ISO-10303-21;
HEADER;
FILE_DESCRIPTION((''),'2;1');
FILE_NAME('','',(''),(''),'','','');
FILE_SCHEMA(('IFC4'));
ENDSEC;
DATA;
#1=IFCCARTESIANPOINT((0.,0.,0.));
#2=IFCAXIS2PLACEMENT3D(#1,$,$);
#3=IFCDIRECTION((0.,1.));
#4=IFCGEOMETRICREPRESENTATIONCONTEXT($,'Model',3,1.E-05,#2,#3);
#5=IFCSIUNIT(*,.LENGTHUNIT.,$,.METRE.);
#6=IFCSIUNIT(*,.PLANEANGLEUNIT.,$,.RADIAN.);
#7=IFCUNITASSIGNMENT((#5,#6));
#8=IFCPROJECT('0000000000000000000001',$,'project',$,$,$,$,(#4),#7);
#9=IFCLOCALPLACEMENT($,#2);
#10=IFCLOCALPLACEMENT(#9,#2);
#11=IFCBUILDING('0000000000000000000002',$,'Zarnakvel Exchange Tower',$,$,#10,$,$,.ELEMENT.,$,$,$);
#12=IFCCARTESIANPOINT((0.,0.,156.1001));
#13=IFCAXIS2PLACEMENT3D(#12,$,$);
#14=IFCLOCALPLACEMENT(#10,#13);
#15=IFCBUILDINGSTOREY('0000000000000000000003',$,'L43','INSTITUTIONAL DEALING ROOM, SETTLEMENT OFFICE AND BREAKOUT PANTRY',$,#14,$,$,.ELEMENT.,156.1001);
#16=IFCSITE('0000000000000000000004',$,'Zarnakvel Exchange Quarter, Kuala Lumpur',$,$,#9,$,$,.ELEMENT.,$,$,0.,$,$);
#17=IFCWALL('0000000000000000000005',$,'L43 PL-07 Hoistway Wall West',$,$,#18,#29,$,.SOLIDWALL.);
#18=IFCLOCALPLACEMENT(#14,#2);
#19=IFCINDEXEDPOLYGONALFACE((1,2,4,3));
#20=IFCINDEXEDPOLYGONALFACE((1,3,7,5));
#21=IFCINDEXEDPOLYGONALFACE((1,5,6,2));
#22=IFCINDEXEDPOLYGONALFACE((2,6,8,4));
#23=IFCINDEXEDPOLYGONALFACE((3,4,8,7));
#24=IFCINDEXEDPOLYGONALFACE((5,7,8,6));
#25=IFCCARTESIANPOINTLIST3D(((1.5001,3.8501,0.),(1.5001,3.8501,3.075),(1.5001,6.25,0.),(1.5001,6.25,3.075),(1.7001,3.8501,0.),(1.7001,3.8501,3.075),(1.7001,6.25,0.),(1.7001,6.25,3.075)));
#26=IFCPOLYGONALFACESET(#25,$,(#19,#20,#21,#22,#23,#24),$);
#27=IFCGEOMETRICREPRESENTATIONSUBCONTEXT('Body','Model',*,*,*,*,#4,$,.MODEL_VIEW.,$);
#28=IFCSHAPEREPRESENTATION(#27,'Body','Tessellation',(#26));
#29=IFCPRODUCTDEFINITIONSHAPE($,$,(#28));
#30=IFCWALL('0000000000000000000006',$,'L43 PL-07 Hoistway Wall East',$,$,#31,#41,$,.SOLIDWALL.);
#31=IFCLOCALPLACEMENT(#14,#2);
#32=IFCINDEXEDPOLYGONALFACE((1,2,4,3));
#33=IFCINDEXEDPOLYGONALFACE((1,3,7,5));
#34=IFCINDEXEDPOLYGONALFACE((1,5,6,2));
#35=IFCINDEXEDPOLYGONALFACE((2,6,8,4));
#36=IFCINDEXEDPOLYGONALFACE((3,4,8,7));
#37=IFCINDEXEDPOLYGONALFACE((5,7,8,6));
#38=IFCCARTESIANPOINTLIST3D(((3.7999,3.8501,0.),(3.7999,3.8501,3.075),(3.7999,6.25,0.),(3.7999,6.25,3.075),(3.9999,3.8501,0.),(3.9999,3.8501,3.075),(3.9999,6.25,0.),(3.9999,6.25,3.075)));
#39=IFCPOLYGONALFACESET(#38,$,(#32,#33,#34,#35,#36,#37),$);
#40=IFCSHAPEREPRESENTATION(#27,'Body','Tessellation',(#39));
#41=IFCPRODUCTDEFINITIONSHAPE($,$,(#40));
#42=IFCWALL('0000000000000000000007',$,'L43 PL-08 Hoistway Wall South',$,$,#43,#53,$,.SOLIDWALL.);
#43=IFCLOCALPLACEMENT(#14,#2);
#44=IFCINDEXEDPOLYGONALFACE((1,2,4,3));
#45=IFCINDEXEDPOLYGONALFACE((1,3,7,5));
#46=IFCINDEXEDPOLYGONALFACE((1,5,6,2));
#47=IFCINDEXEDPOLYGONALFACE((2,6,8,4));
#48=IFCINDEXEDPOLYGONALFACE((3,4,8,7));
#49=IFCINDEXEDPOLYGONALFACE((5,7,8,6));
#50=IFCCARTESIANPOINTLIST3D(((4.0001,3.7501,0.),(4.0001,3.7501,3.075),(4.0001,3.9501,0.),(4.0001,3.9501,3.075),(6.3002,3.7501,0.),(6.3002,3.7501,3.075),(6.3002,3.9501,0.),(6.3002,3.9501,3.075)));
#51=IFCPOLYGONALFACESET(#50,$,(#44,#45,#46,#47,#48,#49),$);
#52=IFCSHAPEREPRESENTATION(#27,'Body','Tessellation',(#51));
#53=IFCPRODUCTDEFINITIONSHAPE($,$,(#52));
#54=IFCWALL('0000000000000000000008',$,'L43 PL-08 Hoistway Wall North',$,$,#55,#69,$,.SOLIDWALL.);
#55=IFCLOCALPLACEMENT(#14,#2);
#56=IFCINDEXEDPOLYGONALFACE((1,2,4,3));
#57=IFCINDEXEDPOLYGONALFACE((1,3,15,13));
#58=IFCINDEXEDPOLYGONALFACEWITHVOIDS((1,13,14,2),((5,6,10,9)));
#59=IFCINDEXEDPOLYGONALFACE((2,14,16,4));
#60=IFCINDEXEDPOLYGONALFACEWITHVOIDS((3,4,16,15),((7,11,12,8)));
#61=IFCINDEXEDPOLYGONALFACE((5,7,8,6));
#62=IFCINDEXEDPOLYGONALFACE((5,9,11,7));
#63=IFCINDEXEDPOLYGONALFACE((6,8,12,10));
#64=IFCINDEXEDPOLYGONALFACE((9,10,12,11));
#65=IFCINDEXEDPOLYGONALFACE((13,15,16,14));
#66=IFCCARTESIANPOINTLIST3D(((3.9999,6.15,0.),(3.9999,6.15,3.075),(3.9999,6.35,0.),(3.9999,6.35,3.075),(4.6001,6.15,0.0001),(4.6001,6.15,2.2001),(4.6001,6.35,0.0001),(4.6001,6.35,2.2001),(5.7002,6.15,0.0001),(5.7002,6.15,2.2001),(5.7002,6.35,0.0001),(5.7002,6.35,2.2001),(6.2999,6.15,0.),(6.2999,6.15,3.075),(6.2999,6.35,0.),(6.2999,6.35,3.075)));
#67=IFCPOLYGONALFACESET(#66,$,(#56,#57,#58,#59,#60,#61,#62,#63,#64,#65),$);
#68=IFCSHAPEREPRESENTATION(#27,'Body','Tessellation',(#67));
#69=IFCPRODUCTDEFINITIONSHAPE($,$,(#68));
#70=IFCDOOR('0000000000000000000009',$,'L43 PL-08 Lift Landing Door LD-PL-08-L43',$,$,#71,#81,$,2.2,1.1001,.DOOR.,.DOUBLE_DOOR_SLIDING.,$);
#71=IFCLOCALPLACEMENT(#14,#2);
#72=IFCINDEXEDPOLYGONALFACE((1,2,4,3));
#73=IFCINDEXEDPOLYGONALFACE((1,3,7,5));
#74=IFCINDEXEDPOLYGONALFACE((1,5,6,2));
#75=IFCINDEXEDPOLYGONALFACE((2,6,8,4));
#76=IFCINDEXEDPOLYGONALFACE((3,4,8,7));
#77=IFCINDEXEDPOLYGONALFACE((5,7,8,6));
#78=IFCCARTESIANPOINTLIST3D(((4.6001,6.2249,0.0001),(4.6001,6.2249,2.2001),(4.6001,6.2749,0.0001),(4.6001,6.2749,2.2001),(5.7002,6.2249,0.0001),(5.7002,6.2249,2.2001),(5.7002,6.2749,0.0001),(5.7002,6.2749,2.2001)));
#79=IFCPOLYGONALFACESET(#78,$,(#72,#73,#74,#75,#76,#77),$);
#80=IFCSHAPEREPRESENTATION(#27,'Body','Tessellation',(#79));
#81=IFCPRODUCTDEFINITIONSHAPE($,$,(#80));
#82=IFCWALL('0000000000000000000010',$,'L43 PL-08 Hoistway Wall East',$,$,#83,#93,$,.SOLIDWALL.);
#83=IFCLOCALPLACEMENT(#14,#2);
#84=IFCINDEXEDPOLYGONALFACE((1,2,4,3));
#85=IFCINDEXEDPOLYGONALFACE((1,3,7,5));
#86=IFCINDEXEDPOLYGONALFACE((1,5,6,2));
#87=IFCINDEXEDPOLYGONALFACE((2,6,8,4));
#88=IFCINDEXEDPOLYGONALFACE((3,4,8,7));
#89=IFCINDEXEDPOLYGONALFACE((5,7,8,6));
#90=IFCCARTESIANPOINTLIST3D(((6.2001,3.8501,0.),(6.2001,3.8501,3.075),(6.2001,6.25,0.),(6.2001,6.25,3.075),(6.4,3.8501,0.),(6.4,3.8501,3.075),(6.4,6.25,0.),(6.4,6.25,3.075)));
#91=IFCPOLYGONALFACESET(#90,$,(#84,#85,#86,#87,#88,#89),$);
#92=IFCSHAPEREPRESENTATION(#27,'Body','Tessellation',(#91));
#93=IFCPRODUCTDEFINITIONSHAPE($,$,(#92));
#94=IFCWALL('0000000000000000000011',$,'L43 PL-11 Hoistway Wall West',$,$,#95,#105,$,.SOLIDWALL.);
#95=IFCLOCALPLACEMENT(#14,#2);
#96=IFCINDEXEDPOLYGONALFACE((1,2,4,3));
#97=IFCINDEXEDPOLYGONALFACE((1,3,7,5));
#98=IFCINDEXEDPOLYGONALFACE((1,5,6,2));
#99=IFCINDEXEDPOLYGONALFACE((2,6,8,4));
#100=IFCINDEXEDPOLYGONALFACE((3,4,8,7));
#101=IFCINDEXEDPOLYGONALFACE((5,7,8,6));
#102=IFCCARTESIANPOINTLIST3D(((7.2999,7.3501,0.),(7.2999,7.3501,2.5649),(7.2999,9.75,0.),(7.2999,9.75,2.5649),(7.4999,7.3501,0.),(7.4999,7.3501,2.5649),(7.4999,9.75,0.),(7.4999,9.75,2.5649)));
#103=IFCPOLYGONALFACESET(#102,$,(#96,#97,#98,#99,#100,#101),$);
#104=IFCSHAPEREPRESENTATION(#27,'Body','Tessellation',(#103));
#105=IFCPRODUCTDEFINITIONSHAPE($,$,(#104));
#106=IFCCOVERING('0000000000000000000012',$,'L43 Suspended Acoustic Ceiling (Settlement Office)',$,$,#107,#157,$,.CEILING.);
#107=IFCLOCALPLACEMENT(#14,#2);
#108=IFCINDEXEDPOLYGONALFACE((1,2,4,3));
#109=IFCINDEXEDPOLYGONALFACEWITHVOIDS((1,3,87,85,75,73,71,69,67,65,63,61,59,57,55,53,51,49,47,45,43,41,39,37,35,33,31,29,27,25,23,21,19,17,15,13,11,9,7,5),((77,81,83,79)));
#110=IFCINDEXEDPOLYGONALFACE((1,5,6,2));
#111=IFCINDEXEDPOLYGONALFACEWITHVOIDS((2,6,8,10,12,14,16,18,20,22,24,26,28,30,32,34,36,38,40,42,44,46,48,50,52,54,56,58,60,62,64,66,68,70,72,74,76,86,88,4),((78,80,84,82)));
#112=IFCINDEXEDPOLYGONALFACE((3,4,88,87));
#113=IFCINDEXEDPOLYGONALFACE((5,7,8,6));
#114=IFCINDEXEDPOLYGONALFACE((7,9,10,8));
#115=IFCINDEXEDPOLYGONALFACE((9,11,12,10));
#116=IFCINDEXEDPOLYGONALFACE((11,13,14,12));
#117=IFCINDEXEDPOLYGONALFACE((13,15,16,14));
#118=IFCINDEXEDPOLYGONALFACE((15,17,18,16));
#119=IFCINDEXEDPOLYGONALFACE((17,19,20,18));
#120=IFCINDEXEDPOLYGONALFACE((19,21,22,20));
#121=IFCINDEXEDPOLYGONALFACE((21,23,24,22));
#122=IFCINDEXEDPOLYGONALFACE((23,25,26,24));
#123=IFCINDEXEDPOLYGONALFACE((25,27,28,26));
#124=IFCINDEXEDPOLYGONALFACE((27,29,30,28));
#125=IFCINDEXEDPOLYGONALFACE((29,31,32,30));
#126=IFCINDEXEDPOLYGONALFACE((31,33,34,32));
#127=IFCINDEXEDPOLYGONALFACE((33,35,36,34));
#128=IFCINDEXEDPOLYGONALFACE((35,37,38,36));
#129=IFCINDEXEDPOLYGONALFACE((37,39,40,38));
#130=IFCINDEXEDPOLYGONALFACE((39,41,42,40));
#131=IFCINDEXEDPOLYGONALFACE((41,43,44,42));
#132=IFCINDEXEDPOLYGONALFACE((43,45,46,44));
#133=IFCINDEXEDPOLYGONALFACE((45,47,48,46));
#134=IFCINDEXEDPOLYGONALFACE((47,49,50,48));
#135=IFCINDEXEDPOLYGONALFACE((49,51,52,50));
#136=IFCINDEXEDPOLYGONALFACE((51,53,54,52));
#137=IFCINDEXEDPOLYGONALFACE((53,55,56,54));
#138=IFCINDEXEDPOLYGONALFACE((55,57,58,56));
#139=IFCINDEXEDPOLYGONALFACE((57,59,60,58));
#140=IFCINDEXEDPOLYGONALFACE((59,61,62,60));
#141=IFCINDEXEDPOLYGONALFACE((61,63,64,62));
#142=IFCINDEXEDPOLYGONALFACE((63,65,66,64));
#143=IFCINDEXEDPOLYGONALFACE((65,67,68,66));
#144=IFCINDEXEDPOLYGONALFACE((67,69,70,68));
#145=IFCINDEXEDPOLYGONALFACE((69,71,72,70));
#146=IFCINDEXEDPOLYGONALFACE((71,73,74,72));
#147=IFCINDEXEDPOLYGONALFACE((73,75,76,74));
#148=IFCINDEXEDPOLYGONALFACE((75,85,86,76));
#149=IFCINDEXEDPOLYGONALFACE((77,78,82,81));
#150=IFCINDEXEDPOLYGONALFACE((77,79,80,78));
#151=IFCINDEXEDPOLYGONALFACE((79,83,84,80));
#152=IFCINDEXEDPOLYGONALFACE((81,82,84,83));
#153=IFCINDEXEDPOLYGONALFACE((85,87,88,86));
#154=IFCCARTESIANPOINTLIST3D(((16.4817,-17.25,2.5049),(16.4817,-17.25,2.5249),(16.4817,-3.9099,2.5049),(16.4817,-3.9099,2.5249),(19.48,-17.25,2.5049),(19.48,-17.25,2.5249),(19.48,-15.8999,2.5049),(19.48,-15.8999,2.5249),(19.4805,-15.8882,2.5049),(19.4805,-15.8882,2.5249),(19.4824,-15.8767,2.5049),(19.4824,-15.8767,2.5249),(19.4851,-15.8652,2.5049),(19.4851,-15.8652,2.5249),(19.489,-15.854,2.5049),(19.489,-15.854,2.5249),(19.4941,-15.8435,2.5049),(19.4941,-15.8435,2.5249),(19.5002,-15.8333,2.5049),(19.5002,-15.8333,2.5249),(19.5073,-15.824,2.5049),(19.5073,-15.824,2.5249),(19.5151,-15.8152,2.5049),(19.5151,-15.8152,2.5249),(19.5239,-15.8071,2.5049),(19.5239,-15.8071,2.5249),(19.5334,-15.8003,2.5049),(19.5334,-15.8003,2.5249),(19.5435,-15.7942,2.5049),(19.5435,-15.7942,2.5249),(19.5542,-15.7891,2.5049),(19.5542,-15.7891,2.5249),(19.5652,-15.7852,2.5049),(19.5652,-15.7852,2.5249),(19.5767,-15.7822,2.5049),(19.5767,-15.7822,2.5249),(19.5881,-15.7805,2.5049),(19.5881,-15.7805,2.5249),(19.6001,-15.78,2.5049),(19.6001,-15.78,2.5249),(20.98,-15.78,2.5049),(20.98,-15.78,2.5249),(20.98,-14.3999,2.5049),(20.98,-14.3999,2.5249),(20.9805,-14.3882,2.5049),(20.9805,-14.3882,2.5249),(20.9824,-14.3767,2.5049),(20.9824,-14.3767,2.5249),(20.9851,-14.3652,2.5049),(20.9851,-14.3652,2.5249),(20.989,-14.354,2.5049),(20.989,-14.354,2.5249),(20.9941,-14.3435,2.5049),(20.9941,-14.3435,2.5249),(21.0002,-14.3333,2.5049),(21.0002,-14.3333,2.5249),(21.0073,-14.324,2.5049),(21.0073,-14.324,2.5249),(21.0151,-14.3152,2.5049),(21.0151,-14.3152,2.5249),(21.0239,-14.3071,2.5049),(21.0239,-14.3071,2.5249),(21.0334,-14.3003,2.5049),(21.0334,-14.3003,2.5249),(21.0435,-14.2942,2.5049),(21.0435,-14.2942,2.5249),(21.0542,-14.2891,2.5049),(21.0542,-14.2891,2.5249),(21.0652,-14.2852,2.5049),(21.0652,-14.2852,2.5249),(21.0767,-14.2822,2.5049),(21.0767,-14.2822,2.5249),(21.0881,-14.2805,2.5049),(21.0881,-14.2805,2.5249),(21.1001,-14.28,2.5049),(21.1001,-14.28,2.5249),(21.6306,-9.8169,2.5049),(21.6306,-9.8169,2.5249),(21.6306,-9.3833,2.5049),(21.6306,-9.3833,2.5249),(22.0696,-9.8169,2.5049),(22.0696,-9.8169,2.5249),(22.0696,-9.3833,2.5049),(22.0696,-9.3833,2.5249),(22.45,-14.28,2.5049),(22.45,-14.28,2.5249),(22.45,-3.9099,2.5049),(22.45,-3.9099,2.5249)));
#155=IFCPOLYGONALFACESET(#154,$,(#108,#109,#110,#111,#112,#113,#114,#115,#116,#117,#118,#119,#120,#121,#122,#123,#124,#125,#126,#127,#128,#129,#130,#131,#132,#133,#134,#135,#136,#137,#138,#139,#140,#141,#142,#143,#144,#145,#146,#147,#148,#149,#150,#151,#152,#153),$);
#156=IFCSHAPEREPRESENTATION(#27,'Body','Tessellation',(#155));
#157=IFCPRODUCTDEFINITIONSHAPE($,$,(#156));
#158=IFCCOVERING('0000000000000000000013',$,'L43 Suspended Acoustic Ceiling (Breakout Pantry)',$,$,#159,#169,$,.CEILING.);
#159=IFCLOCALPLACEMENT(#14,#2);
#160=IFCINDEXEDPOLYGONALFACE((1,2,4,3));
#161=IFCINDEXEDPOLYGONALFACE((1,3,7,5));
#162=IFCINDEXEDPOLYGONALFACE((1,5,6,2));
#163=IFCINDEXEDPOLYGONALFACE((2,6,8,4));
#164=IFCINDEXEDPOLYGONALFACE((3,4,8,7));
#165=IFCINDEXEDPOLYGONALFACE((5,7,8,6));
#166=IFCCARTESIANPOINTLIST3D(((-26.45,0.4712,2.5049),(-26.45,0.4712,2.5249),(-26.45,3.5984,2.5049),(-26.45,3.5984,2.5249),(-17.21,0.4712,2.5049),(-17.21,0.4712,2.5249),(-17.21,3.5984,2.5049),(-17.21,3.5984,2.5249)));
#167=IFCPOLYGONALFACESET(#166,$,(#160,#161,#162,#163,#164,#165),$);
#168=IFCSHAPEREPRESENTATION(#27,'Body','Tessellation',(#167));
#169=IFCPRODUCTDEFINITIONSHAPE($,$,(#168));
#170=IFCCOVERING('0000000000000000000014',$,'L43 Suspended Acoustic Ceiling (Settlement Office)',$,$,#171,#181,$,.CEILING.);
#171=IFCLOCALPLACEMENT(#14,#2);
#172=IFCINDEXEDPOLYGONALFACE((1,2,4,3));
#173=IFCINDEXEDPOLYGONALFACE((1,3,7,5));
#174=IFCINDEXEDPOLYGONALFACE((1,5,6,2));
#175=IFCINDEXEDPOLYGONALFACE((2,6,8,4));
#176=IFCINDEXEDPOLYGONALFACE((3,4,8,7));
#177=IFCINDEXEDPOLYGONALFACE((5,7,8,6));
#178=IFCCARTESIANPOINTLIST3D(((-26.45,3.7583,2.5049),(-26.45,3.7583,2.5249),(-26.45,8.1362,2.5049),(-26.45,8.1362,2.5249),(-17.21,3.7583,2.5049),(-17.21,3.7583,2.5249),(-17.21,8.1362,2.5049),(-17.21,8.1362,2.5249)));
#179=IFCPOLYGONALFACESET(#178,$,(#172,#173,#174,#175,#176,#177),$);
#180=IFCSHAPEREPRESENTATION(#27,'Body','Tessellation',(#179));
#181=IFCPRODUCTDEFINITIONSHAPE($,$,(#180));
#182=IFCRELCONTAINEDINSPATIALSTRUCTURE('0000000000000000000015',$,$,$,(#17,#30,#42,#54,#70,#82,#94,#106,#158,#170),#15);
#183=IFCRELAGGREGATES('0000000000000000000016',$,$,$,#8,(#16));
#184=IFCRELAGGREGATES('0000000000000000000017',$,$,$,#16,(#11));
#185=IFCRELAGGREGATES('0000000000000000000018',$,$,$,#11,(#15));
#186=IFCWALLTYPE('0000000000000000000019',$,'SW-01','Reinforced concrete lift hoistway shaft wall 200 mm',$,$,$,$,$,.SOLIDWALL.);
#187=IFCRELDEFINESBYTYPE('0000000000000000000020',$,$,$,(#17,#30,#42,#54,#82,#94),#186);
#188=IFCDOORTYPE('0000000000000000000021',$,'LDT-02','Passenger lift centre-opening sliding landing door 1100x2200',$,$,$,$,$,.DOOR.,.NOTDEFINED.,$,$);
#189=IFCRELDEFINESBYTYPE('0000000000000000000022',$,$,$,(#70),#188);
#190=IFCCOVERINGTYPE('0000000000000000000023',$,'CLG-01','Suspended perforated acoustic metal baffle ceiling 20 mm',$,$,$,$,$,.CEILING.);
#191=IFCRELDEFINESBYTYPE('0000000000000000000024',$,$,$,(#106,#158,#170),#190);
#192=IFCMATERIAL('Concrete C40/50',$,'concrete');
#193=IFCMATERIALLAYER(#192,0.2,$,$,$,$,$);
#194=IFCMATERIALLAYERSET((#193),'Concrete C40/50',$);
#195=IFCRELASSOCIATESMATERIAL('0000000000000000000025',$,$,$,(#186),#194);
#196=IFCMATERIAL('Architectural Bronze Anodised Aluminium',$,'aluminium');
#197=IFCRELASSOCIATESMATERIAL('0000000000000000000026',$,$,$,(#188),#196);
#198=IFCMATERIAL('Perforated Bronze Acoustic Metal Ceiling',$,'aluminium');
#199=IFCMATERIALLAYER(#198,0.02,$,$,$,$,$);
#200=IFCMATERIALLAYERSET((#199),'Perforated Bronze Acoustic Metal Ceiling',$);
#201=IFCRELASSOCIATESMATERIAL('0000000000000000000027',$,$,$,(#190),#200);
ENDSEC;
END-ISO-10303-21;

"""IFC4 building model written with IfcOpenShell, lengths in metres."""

from ifc_helpers import new_model, si_unit, direction, frame, frame_2d, origin, place, context, subcontext, project, spatial, polyline, rectangle, outline, extrude, source, transform, mapped, material, layer, layer_set, type_object, element, fill, save


model = new_model("IFC4")

# Units and contexts
model_context = context("Model", 3, precision=1e-05, world=origin(), true_north=direction((0.0, 1.0)))
body_context = subcontext(model_context, "Body", "Model", "MODEL_VIEW")
ifc_project = project(units=[si_unit("LENGTHUNIT", "METRE"), si_unit("PLANEANGLEUNIT", "RADIAN")], contexts=[model_context])

# Site, building, storey
site_placement = place(None, origin())
site = spatial("IfcSite", under=ifc_project, at=site_placement, Name="Zarnakvel Exchange Quarter, Kuala Lumpur", CompositionType="ELEMENT", RefElevation=0.0)
building_placement = place(site_placement, origin())
building = spatial("IfcBuilding", under=site, at=building_placement, Name="Zarnakvel Exchange Tower", CompositionType="ELEMENT")
storey_placement = place(building_placement, frame((0.0, 0.0, 156.1001)))
storey = spatial("IfcBuildingStorey", under=building, at=storey_placement, Name="L43", Description="INSTITUTIONAL DEALING ROOM, SETTLEMENT OFFICE AND BREAKOUT PANTRY", CompositionType="ELEMENT", Elevation=156.1001)

# Shared definitions
ifc_material_1 = material(Name="Concrete C40/50", Category="concrete")
ifc_layer_1 = layer(ifc_material_1, 0.2)
ifc_layer_set_1 = layer_set([ifc_layer_1], Name="Concrete C40/50")
wall_type_1 = type_object("IfcWallType", Name="SW-01", Description="Reinforced concrete lift hoistway shaft wall 200 mm", PredefinedType="SOLIDWALL", material=ifc_layer_set_1)

# Shared definitions
ifc_material_2 = material(Name="Architectural Bronze Anodised Aluminium", Category="aluminium")
door_type_1 = type_object("IfcDoorType", Name="LDT-02", Description="Passenger lift centre-opening sliding landing door 1100x2200", OperationType="NOTDEFINED", PredefinedType="DOOR", material=ifc_material_2)
shared_shape_1 = source(origin(), body_context, "Body", "SweptSolid", [
    extrude(rectangle(XDim=1.1001, YDim=2.2, at=frame_2d((0.55, 1.1001))), frame((0.0, 0.0249, 0.0), z_axis=(0.0, -1.0, 0.0), x_axis=(1.0, 0.0, 0.0)), (0.0, 0.0, 1.0), 0.05),
])

# Walls
for number, where, z_axis, x_axis, name in (
    (1, (1.6001, 3.8501, 0.0), (0.0, 0.0, 1.0), (0.0, 1.0, 0.0), "L43 PL-07 Hoistway Wall West"),
    (2, (3.8999, 6.25, 0.0), (0.0, 0.0, 1.0), (0.0, -1.0, 0.0), "L43 PL-07 Hoistway Wall East"),
):
    element("IfcWall", number, at=place(storey_placement, frame(where, z_axis=z_axis, x_axis=x_axis)), inside=storey, type_object=wall_type_1, Name=name, PredefinedType="SOLIDWALL", context=body_context, shape_type="SweptSolid", body=[
        extrude(rectangle(XDim=2.3999, YDim=0.2, at=frame_2d((1.2, 0.0))), origin(), (0.0, 0.0, 1.0), 3.075),
    ])
wall_1_placement = place(storey_placement, frame((6.3, 3.8501, 0.0), z_axis=(0.0, 0.0, 1.0), x_axis=(-1.0, 0.0, 0.0)))
element("IfcWall", 3, at=wall_1_placement, inside=storey, type_object=wall_type_1, Name="L43 PL-08 Hoistway Wall South", PredefinedType="SOLIDWALL", context=body_context, shape_type="SweptSolid", body=[
    extrude(rectangle(XDim=2.3, YDim=0.2, at=frame_2d((1.1499, 0.0))), origin(), (0.0, 0.0, 1.0), 3.075),
])

# Wall, opening, door
wall_2_placement = place(storey_placement, frame((4.0, 6.25, 0.0), z_axis=(0.0, 0.0, 1.0), x_axis=(1.0, 0.0, 0.0)))
wall_2 = element("IfcWall", 4, at=wall_2_placement, inside=storey, type_object=wall_type_1, Name="L43 PL-08 Hoistway Wall North", PredefinedType="SOLIDWALL", context=body_context, shape_type="SweptSolid", body=[
    extrude(rectangle(XDim=2.3, YDim=0.2, at=frame_2d((1.1499, 0.0))), origin(), (0.0, 0.0, 1.0), 3.075),
])
opening_1_placement = place(wall_2_placement, frame((0.6001, 0.0, 0.0)))
opening_1 = element("IfcOpeningElement", 5, at=opening_1_placement, cuts=wall_2, PredefinedType="OPENING", context=body_context, shape_type="SweptSolid", body=[
    extrude(rectangle(XDim=1.1001, YDim=2.2, at=frame_2d((0.55, 1.1001))), frame((0.0, 0.1099, 0.0), z_axis=(0.0, -1.0, 0.0), x_axis=(1.0, 0.0, 0.0)), (0.0, 0.0, 1.0), 0.22),
])
door_1_placement = place(opening_1_placement, origin())
door_1 = element("IfcDoor", 6, at=door_1_placement, inside=storey, type_object=door_type_1, Name="L43 PL-08 Lift Landing Door LD-PL-08-L43", OperationType="DOUBLE_DOOR_SLIDING", OverallHeight=2.2, OverallWidth=1.1001, PredefinedType="DOOR", context=body_context, shape_type="MappedRepresentation", body=[
    mapped(shared_shape_1, transform((0.0, 0.0, 0.0), x_axis=(1.0, 0.0, 0.0), y_axis=(0.0, 1.0, 0.0), z_axis=(0.0, 0.0, 1.0), scale=1.0)),
])
fill(opening_1, door_1)

# Walls
wall_3_placement = place(storey_placement, frame((6.3, 6.25, 0.0), z_axis=(0.0, 0.0, 1.0), x_axis=(0.0, -1.0, 0.0)))
element("IfcWall", 7, at=wall_3_placement, inside=storey, type_object=wall_type_1, Name="L43 PL-08 Hoistway Wall East", PredefinedType="SOLIDWALL", context=body_context, shape_type="SweptSolid", body=[
    extrude(rectangle(XDim=2.3999, YDim=0.2, at=frame_2d((1.2, 0.0))), origin(), (0.0, 0.0, 1.0), 3.075),
])
wall_4_placement = place(storey_placement, frame((7.3999, 7.3501, 0.0), z_axis=(0.0, 0.0, 1.0), x_axis=(0.0, 1.0, 0.0)))
element("IfcWall", 8, at=wall_4_placement, inside=storey, type_object=wall_type_1, Name="L43 PL-11 Hoistway Wall West", PredefinedType="SOLIDWALL", context=body_context, shape_type="SweptSolid", body=[
    extrude(rectangle(XDim=2.3999, YDim=0.2, at=frame_2d((1.2, 0.0))), origin(), (0.0, 0.0, 1.0), 2.5649),
])

# Coverings
ifc_material_3 = material(Name="Perforated Bronze Acoustic Metal Ceiling", Category="aluminium")
ifc_layer_2 = layer(ifc_material_3, 0.02)
ifc_layer_set_2 = layer_set([ifc_layer_2], Name="Perforated Bronze Acoustic Metal Ceiling")
covering_type_1 = type_object("IfcCoveringType", Name="CLG-01", Description="Suspended perforated acoustic metal baffle ceiling 20 mm", PredefinedType="CEILING", material=ifc_layer_set_2)
covering_1_placement = place(storey_placement, frame((0.0, 0.0, 2.5049)))
element("IfcCovering", 9, at=covering_1_placement, inside=storey, type_object=covering_type_1, Name="L43 Suspended Acoustic Ceiling (Settlement Office)", PredefinedType="CEILING", context=body_context, shape_type="SweptSolid", body=[
    extrude(outline(polyline([(16.4817, -3.9099), (22.45, -3.9099), (22.45, -14.28), (21.1001, -14.28), (21.0881, -14.2805), (21.0767, -14.2822), (21.0652, -14.2852), (21.0542, -14.2891), (21.0435, -14.2942), (21.0334, -14.3003), (21.0239, -14.3071), (21.0151, -14.3152), (21.0073, -14.324), (21.0002, -14.3333), (20.9941, -14.3435), (20.989, -14.354), (20.9851, -14.3652), (20.9824, -14.3767), (20.9805, -14.3882), (20.98, -14.3999), (20.98, -15.78), (19.6001, -15.78), (19.5881, -15.7805), (19.5767, -15.7822), (19.5652, -15.7852), (19.5542, -15.7891), (19.5435, -15.7942), (19.5334, -15.8003), (19.5239, -15.8071), (19.5151, -15.8152), (19.5073, -15.824), (19.5002, -15.8333), (19.4941, -15.8435), (19.489, -15.854), (19.4851, -15.8652), (19.4824, -15.8767), (19.4805, -15.8882), (19.48, -15.8999), (19.48, -17.25), (16.4817, -17.25), (16.4817, -3.9099)]), holes=[polyline([(22.0696, -9.8169), (22.0696, -9.3833), (21.6306, -9.3833), (21.6306, -9.8169), (22.0696, -9.8169)])]), origin(), (0.0, 0.0, 1.0), 0.02),
])
covering_2_placement = place(storey_placement, frame((0.0, 0.0, 2.5049)))
element("IfcCovering", 10, at=covering_2_placement, inside=storey, type_object=covering_type_1, Name="L43 Suspended Acoustic Ceiling (Breakout Pantry)", PredefinedType="CEILING", context=body_context, shape_type="SweptSolid", body=[
    extrude(outline(polyline([(-26.45, 3.5984), (-17.21, 3.5984), (-17.21, 0.4712), (-26.45, 0.4712), (-26.45, 3.5984)])), origin(), (0.0, 0.0, 1.0), 0.02),
])
covering_3_placement = place(storey_placement, frame((0.0, 0.0, 2.5049)))
element("IfcCovering", 11, at=covering_3_placement, inside=storey, type_object=covering_type_1, Name="L43 Suspended Acoustic Ceiling (Settlement Office)", PredefinedType="CEILING", context=body_context, shape_type="SweptSolid", body=[
    extrude(outline(polyline([(-26.45, 8.1362), (-17.21, 8.1362), (-17.21, 3.7583), (-26.45, 3.7583), (-26.45, 8.1362)])), origin(), (0.0, 0.0, 1.0), 0.02),
])

save(model, "model.ifc")
